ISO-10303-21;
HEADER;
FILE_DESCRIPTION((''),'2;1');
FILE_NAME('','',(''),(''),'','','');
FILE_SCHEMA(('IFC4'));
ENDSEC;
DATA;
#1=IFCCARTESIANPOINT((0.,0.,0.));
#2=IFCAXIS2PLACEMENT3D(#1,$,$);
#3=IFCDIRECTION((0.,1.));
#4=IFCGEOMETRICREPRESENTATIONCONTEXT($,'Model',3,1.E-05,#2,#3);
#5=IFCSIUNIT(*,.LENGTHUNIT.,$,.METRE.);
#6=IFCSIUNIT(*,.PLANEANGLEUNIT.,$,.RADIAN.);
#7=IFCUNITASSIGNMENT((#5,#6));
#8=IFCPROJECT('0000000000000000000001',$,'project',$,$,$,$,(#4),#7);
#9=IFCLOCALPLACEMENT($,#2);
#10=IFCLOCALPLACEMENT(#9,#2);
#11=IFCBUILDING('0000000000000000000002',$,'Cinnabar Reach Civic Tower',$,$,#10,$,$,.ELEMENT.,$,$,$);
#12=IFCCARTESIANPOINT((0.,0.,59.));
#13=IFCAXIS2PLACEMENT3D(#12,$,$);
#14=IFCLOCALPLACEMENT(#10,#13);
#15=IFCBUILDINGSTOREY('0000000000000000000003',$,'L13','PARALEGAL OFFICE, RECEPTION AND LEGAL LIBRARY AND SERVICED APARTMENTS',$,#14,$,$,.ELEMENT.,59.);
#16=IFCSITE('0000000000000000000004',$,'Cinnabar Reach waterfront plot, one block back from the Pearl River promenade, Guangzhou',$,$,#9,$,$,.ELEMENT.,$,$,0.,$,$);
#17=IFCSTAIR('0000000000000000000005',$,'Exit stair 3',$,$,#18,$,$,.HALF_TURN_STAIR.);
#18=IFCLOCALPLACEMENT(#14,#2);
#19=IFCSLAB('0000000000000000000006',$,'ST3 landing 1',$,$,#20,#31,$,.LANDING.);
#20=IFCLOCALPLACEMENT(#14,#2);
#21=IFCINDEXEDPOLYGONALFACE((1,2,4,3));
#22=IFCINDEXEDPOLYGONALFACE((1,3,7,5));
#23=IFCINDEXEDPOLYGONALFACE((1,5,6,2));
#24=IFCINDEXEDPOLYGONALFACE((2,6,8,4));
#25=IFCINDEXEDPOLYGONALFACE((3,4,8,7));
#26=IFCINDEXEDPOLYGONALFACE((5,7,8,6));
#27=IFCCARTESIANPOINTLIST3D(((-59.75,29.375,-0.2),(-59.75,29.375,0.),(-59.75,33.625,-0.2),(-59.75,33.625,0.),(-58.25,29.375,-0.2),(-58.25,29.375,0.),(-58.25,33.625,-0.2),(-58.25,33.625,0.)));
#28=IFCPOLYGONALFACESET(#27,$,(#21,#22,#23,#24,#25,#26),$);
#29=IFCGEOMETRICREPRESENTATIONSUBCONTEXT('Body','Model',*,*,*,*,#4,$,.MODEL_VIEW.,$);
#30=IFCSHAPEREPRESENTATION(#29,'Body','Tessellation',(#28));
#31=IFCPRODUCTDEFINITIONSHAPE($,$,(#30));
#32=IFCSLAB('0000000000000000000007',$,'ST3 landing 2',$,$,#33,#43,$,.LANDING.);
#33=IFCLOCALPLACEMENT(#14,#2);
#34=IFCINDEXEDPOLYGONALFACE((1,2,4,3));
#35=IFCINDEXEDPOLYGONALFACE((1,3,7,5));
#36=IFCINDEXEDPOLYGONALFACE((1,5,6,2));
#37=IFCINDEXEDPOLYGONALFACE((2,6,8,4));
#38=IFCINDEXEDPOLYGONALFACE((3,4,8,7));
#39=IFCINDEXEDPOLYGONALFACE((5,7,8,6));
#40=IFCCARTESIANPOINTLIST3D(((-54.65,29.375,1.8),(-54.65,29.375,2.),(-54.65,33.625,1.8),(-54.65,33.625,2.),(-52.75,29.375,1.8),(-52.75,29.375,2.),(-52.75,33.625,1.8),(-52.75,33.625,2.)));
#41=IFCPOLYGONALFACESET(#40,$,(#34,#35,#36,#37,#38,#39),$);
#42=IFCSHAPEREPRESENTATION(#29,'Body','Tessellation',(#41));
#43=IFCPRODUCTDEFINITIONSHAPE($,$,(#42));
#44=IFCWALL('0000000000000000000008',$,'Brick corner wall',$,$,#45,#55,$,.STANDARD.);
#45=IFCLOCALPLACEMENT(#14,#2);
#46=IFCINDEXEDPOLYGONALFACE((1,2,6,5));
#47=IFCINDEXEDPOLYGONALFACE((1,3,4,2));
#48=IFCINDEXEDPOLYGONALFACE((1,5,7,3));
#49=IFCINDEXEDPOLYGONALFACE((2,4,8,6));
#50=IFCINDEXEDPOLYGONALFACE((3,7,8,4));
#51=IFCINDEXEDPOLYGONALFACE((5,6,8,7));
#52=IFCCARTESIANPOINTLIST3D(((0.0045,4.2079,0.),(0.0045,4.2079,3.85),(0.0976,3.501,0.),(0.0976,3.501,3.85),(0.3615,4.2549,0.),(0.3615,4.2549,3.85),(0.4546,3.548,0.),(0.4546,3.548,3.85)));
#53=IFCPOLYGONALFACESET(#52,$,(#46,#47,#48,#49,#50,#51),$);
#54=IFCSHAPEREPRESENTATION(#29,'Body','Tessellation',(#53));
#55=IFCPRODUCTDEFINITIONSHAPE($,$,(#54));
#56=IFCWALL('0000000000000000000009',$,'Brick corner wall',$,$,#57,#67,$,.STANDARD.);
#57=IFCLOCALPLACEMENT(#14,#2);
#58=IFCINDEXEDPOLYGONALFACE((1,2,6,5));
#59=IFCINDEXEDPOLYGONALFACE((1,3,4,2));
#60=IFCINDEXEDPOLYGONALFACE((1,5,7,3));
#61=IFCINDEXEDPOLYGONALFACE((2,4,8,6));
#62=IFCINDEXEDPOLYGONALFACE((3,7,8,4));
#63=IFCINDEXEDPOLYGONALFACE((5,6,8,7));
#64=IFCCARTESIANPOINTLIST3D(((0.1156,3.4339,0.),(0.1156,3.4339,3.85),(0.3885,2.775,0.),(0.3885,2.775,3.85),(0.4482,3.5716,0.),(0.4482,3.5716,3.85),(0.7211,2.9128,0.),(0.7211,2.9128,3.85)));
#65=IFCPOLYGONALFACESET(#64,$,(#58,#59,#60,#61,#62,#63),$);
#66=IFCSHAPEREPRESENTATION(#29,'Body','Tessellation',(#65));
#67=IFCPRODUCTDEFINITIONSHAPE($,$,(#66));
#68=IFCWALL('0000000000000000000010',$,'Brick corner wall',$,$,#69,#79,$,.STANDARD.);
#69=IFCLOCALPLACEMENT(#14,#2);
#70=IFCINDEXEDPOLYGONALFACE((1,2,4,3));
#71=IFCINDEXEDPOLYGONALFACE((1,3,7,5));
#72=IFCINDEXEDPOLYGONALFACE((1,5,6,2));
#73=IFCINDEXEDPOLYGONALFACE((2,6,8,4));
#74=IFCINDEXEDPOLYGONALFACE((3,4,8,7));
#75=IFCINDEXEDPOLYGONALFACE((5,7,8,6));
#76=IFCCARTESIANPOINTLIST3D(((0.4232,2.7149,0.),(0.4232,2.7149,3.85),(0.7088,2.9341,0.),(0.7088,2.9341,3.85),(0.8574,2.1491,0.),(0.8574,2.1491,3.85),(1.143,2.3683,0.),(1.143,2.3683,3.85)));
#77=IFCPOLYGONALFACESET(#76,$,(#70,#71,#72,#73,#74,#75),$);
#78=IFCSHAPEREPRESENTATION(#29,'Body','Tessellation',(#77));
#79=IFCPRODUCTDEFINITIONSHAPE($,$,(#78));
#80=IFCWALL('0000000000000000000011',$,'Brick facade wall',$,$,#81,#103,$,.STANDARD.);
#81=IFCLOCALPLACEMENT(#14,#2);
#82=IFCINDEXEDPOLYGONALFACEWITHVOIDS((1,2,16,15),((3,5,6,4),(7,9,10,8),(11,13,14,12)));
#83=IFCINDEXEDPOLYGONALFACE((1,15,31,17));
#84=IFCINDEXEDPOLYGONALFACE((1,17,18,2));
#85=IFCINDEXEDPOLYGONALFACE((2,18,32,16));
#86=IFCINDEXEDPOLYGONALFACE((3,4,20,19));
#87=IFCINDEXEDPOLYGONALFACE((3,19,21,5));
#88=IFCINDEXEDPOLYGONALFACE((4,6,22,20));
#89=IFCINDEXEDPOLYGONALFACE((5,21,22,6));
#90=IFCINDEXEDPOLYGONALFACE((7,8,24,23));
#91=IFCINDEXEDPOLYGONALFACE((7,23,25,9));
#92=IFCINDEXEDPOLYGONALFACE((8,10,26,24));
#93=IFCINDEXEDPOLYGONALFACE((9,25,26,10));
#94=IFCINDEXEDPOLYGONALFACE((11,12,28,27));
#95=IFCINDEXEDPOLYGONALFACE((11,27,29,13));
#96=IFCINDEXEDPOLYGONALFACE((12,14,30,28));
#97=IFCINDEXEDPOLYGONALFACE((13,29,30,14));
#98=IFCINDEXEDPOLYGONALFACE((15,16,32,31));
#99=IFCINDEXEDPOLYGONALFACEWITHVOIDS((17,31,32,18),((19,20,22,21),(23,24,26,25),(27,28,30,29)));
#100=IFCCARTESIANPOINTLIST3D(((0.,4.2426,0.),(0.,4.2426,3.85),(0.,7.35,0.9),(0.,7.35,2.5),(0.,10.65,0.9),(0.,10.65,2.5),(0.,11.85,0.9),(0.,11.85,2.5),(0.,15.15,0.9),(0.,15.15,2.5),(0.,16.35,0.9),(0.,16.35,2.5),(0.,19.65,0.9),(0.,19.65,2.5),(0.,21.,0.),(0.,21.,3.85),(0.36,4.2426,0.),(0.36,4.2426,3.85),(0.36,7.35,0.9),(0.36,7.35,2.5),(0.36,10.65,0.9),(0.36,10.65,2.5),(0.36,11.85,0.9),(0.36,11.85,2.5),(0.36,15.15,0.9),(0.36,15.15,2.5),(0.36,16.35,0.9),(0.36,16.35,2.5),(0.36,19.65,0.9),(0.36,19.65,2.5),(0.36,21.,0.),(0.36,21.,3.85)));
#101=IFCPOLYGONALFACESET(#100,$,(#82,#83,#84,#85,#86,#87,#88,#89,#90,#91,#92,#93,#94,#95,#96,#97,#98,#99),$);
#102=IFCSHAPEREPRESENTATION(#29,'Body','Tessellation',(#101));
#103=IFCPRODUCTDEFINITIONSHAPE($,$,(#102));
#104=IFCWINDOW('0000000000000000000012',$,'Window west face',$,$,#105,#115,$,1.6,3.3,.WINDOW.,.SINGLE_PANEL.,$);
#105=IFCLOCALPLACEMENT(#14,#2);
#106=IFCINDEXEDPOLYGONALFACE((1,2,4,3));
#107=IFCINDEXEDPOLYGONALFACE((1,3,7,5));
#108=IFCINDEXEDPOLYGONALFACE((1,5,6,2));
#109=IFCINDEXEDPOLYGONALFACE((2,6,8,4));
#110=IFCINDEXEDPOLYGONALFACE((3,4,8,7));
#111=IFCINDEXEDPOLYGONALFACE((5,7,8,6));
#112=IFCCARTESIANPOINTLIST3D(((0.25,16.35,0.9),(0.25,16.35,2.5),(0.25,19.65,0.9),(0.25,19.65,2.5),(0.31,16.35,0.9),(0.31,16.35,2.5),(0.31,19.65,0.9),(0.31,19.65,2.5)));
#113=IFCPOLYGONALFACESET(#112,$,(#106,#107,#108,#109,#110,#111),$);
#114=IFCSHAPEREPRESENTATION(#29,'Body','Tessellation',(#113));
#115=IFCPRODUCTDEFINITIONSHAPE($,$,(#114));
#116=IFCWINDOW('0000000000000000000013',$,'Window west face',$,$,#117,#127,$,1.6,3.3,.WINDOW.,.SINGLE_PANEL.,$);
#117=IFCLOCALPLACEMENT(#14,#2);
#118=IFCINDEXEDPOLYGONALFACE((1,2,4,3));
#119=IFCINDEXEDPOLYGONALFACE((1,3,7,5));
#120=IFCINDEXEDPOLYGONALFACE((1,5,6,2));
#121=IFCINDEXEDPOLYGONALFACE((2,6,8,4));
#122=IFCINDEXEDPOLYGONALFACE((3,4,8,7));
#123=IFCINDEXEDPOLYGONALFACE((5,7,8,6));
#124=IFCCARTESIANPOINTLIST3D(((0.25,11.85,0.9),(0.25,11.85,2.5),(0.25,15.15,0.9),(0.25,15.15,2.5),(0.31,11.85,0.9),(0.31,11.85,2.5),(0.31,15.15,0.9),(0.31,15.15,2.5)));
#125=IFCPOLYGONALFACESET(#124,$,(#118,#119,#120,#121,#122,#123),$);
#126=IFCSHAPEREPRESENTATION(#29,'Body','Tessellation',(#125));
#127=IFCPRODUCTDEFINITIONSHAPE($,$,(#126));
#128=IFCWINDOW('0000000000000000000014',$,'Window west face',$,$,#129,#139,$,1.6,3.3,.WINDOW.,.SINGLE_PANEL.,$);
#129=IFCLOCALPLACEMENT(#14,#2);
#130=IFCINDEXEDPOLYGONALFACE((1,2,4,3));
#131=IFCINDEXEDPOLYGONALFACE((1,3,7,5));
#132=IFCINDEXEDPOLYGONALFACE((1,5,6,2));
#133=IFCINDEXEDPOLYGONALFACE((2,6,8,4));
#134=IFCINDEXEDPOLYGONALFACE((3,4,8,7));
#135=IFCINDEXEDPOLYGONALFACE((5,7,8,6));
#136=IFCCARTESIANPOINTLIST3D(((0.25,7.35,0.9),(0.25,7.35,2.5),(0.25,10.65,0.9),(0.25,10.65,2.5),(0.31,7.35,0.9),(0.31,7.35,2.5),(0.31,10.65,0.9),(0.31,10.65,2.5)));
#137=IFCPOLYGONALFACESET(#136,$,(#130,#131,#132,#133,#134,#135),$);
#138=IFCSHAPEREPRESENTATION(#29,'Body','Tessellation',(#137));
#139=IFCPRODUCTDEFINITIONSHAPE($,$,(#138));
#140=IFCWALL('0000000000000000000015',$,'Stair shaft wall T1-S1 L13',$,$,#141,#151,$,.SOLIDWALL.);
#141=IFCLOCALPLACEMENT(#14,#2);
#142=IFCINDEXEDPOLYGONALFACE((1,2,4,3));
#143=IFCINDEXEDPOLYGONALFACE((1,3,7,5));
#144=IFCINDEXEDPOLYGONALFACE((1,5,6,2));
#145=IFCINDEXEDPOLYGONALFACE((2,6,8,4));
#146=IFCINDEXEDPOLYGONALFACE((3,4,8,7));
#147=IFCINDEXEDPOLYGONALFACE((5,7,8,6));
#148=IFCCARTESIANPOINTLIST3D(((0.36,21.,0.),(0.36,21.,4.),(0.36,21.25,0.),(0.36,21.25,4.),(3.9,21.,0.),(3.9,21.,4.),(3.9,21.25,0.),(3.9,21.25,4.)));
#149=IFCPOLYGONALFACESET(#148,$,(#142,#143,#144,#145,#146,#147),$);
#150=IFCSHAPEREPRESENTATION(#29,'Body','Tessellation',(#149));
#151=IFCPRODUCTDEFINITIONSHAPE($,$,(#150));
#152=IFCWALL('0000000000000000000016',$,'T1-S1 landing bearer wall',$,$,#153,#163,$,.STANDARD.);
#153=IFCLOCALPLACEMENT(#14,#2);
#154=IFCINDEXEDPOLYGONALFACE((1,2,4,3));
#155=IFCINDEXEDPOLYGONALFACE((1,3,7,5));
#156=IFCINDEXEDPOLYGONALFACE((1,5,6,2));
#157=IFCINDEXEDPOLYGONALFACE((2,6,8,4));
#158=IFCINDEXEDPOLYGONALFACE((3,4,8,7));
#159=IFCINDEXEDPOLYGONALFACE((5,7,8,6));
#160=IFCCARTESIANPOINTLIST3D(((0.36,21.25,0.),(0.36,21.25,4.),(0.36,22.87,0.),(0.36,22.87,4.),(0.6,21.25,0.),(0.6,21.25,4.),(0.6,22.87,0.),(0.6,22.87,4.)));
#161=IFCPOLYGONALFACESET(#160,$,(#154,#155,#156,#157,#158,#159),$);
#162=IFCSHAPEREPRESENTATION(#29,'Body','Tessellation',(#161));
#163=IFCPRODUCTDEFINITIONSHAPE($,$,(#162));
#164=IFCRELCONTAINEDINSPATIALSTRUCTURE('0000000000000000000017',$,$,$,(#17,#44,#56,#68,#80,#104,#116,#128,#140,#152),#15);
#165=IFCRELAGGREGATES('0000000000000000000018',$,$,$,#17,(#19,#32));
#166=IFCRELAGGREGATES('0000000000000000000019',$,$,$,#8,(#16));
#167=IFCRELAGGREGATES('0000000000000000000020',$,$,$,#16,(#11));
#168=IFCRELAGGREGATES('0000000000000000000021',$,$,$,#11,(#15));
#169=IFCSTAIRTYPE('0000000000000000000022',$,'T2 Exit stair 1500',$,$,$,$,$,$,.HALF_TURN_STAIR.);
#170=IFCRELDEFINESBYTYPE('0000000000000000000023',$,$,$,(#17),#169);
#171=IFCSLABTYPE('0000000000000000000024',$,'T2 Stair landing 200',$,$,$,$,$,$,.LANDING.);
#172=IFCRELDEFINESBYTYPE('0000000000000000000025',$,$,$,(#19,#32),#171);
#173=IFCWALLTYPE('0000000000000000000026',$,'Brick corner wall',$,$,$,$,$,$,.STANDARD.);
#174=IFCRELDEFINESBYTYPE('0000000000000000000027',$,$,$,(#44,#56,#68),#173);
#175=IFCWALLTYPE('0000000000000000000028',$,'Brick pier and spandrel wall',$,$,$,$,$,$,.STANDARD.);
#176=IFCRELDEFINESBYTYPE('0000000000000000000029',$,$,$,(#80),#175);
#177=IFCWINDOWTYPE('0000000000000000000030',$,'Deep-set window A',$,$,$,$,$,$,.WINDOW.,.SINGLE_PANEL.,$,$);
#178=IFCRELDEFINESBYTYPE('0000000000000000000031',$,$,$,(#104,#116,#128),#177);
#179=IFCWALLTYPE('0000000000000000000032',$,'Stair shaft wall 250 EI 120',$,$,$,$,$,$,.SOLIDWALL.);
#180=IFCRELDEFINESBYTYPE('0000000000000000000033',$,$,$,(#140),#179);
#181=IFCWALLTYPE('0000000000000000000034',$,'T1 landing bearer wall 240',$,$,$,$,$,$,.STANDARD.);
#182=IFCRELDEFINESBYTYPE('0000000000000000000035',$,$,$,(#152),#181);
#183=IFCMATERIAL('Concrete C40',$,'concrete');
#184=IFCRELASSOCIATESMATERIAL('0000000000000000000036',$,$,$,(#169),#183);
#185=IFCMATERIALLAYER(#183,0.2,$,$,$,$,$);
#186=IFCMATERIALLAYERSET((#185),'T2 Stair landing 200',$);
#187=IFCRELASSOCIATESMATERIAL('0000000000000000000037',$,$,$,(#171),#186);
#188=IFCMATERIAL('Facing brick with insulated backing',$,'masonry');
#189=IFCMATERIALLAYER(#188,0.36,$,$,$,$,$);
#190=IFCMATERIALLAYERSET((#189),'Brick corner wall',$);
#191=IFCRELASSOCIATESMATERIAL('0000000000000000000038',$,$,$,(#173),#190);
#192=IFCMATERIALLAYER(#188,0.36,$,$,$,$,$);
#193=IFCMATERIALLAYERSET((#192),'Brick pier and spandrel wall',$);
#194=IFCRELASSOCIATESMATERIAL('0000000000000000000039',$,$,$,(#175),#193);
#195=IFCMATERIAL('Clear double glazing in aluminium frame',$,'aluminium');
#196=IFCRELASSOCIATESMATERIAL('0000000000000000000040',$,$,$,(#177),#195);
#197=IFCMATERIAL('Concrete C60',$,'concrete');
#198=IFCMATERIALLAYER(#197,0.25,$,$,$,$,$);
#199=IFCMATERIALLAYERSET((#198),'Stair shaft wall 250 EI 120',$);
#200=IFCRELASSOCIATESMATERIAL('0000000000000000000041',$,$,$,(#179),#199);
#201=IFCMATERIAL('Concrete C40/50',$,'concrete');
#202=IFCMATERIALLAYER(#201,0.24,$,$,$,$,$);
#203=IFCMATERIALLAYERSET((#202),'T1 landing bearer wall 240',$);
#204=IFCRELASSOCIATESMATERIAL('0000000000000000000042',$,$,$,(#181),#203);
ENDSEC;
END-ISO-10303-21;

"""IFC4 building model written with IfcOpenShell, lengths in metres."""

from ifc_helpers import new_model, si_unit, direction, frame, frame_2d, origin, place, context, subcontext, project, spatial, polyline, rectangle, outline, extrude, material, layer, layer_set, type_object, element, fill, aggregate, save


model = new_model("IFC4")

# Units and contexts
model_context = context("Model", 3, precision=1e-05, world=origin(), true_north=direction((0.0, 1.0)))
body_context = subcontext(model_context, "Body", "Model", "MODEL_VIEW")
ifc_project = project(units=[si_unit("LENGTHUNIT", "METRE"), si_unit("PLANEANGLEUNIT", "RADIAN")], contexts=[model_context])

# Site, building, storey
site_placement = place(None, origin())
site = spatial("IfcSite", under=ifc_project, at=site_placement, Name="Cinnabar Reach waterfront plot, one block back from the Pearl River promenade, Guangzhou", CompositionType="ELEMENT", RefElevation=0.0)
building_placement = place(site_placement, origin())
building = spatial("IfcBuilding", under=site, at=building_placement, Name="Cinnabar Reach Civic Tower", CompositionType="ELEMENT")
storey_placement = place(building_placement, frame((0.0, 0.0, 59.0)))
storey = spatial("IfcBuildingStorey", under=building, at=storey_placement, Name="L13", Description="PARALEGAL OFFICE, RECEPTION AND LEGAL LIBRARY AND SERVICED APARTMENTS", CompositionType="ELEMENT", Elevation=59.0)

# Shared definitions
ifc_material_1 = material(Name="Concrete C40", Category="concrete")

# Stair, slabs
stair_type = type_object("IfcStairType", Name="T2 Exit stair 1500", PredefinedType="HALF_TURN_STAIR", material=ifc_material_1)
ifc_layer_1 = layer(ifc_material_1, 0.2)
ifc_layer_set_1 = layer_set([ifc_layer_1], Name="T2 Stair landing 200")
slab_type_1 = type_object("IfcSlabType", Name="T2 Stair landing 200", PredefinedType="LANDING", material=ifc_layer_set_1)
stair_1_placement = place(storey_placement, origin())
stair_1 = element("IfcStair", 1, at=stair_1_placement, inside=storey, type_object=stair_type, Name="Exit stair 3", PredefinedType="HALF_TURN_STAIR")
slab_1_placement = place(storey_placement, frame((0.0, 0.0, -0.2)))
slab_1 = element("IfcSlab", 2, at=slab_1_placement, type_object=slab_type_1, Name="ST3 landing 1", PredefinedType="LANDING", context=body_context, shape_type="SweptSolid", body=[
    extrude(outline(polyline([(-59.75, 29.375), (-59.75, 33.625), (-58.25, 33.625), (-58.25, 29.375), (-59.75, 29.375)])), origin(), (0.0, 0.0, 1.0), 0.2),
])
slab_2_placement = place(storey_placement, frame((0.0, 0.0, 1.8)))
slab_2 = element("IfcSlab", 3, at=slab_2_placement, type_object=slab_type_1, Name="ST3 landing 2", PredefinedType="LANDING", context=body_context, shape_type="SweptSolid", body=[
    extrude(outline(polyline([(-54.65, 29.375), (-54.65, 33.625), (-52.75, 33.625), (-52.75, 29.375), (-54.65, 29.375)])), origin(), (0.0, 0.0, 1.0), 0.2),
])
aggregate(stair_1, [slab_1, slab_2])

# Walls
ifc_material_2 = material(Name="Facing brick with insulated backing", Category="masonry")
ifc_layer_2 = layer(ifc_material_2, 0.36)
ifc_layer_set_2 = layer_set([ifc_layer_2], Name="Brick corner wall")
wall_type_1 = type_object("IfcWallType", Name="Brick corner wall", PredefinedType="STANDARD", material=ifc_layer_set_2)
for number, where, z_axis, x_axis, name in (
    (4, (0.183, 4.2314, 0.0), (0.0, 0.0, 1.0), (0.130556, -0.991441, 0.0), "Brick corner wall"),
    (5, (0.2819, 3.5027, 0.0), (0.0, 0.0, 1.0), (0.382703, -0.923872, 0.0), "Brick corner wall"),
):
    element("IfcWall", number, at=place(storey_placement, frame(where, z_axis=z_axis, x_axis=x_axis)), inside=storey, type_object=wall_type_1, Name=name, PredefinedType="STANDARD", context=body_context, shape_type="SweptSolid", body=[
        extrude(rectangle(XDim=0.7131, YDim=0.36, at=frame_2d((0.3565, 0.0))), origin(), (0.0, 0.0, 1.0), 3.85),
    ])
wall_1_placement = place(storey_placement, frame((0.566, 2.8245, 0.0), z_axis=(0.0, 0.0, 1.0), x_axis=(0.608802, -0.793322, 0.0)))
element("IfcWall", 6, at=wall_1_placement, inside=storey, type_object=wall_type_1, Name="Brick corner wall", PredefinedType="STANDARD", context=body_context, shape_type="SweptSolid", body=[
    extrude(rectangle(XDim=0.7132, YDim=0.36, at=frame_2d((0.3566, 0.0))), origin(), (0.0, 0.0, 1.0), 3.85),
])

# Wall, openings, windows
ifc_layer_3 = layer(ifc_material_2, 0.36)
ifc_layer_set_3 = layer_set([ifc_layer_3], Name="Brick pier and spandrel wall")
wall_type_2 = type_object("IfcWallType", Name="Brick pier and spandrel wall", PredefinedType="STANDARD", material=ifc_layer_set_3)
wall_2_placement = place(storey_placement, frame((0.18, 21.0, 0.0), z_axis=(0.0, 0.0, 1.0), x_axis=(0.0, -1.0, 0.0)))
wall_2 = element("IfcWall", 7, at=wall_2_placement, inside=storey, type_object=wall_type_2, Name="Brick facade wall", PredefinedType="STANDARD", context=body_context, shape_type="SweptSolid", body=[
    extrude(rectangle(XDim=16.7574, YDim=0.36, at=frame_2d((8.3787, 0.0))), origin(), (0.0, 0.0, 1.0), 3.85),
])
opening_1_placement = place(wall_2_placement, frame((1.35, 0.0, 0.9)))
opening_1 = element("IfcOpeningElement", 8, at=opening_1_placement, cuts=wall_2, PredefinedType="OPENING", context=body_context, shape_type="SweptSolid", body=[
    extrude(rectangle(XDim=3.3, YDim=1.6, at=frame_2d((1.65, 0.8))), frame((0.0, 0.19, 0.0), z_axis=(0.0, -1.0, 0.0), x_axis=(1.0, 0.0, 0.0)), (0.0, 0.0, 1.0), 0.38),
])
opening_2_placement = place(wall_2_placement, frame((5.85, 0.0, 0.9)))
opening_2 = element("IfcOpeningElement", 9, at=opening_2_placement, cuts=wall_2, PredefinedType="OPENING", context=body_context, shape_type="SweptSolid", body=[
    extrude(rectangle(XDim=3.3, YDim=1.6, at=frame_2d((1.65, 0.8))), frame((0.0, 0.19, 0.0), z_axis=(0.0, -1.0, 0.0), x_axis=(1.0, 0.0, 0.0)), (0.0, 0.0, 1.0), 0.38),
])
opening_3_placement = place(wall_2_placement, frame((10.35, 0.0, 0.9)))
opening_3 = element("IfcOpeningElement", 10, at=opening_3_placement, cuts=wall_2, PredefinedType="OPENING", context=body_context, shape_type="SweptSolid", body=[
    extrude(rectangle(XDim=3.3, YDim=1.6, at=frame_2d((1.65, 0.8))), frame((0.0, 0.19, 0.0), z_axis=(0.0, -1.0, 0.0), x_axis=(1.0, 0.0, 0.0)), (0.0, 0.0, 1.0), 0.38),
])
ifc_material_3 = material(Name="Clear double glazing in aluminium frame", Category="aluminium")
window_type = type_object("IfcWindowType", Name="Deep-set window A", PartitioningType="SINGLE_PANEL", PredefinedType="WINDOW", material=ifc_material_3)
window_1_placement = place(opening_1_placement, origin())
window_1 = element("IfcWindow", 11, at=window_1_placement, inside=storey, type_object=window_type, Name="Window west face", OverallHeight=1.6, OverallWidth=3.3, PartitioningType="SINGLE_PANEL", PredefinedType="WINDOW", context=body_context, shape_type="SweptSolid", body=[
    extrude(rectangle(XDim=3.3, YDim=1.6, at=frame_2d((1.65, 0.8))), frame((0.0, 0.13, 0.0), z_axis=(0.0, -1.0, 0.0), x_axis=(1.0, 0.0, 0.0)), (0.0, 0.0, 1.0), 0.06),
])
fill(opening_1, window_1)
window_2_placement = place(opening_2_placement, origin())
window_2 = element("IfcWindow", 12, at=window_2_placement, inside=storey, type_object=window_type, Name="Window west face", OverallHeight=1.6, OverallWidth=3.3, PartitioningType="SINGLE_PANEL", PredefinedType="WINDOW", context=body_context, shape_type="SweptSolid", body=[
    extrude(rectangle(XDim=3.3, YDim=1.6, at=frame_2d((1.65, 0.8))), frame((0.0, 0.13, 0.0), z_axis=(0.0, -1.0, 0.0), x_axis=(1.0, 0.0, 0.0)), (0.0, 0.0, 1.0), 0.06),
])
fill(opening_2, window_2)
window_3_placement = place(opening_3_placement, origin())
window_3 = element("IfcWindow", 13, at=window_3_placement, inside=storey, type_object=window_type, Name="Window west face", OverallHeight=1.6, OverallWidth=3.3, PartitioningType="SINGLE_PANEL", PredefinedType="WINDOW", context=body_context, shape_type="SweptSolid", body=[
    extrude(rectangle(XDim=3.3, YDim=1.6, at=frame_2d((1.65, 0.8))), frame((0.0, 0.13, 0.0), z_axis=(0.0, -1.0, 0.0), x_axis=(1.0, 0.0, 0.0)), (0.0, 0.0, 1.0), 0.06),
])
fill(opening_3, window_3)

# Walls
ifc_material_4 = material(Name="Concrete C60", Category="concrete")
ifc_layer_4 = layer(ifc_material_4, 0.25)
ifc_layer_set_4 = layer_set([ifc_layer_4], Name="Stair shaft wall 250 EI 120")
wall_type_3 = type_object("IfcWallType", Name="Stair shaft wall 250 EI 120", PredefinedType="SOLIDWALL", material=ifc_layer_set_4)
wall_3_placement = place(storey_placement, frame((0.36, 21.125, 0.0), z_axis=(0.0, 0.0, 1.0), x_axis=(1.0, 0.0, 0.0)))
element("IfcWall", 14, at=wall_3_placement, inside=storey, type_object=wall_type_3, Name="Stair shaft wall T1-S1 L13", PredefinedType="SOLIDWALL", context=body_context, shape_type="SweptSolid", body=[
    extrude(rectangle(XDim=3.54, YDim=0.25, at=frame_2d((1.77, 0.0))), origin(), (0.0, 0.0, 1.0), 4.0),
])
ifc_material_5 = material(Name="Concrete C40/50", Category="concrete")
ifc_layer_5 = layer(ifc_material_5, 0.24)
ifc_layer_set_5 = layer_set([ifc_layer_5], Name="T1 landing bearer wall 240")
wall_type_4 = type_object("IfcWallType", Name="T1 landing bearer wall 240", PredefinedType="STANDARD", material=ifc_layer_set_5)
wall_4_placement = place(storey_placement, frame((0.48, 21.25, 0.0), z_axis=(0.0, 0.0, 1.0), x_axis=(0.0, 1.0, 0.0)))
element("IfcWall", 15, at=wall_4_placement, inside=storey, type_object=wall_type_4, Name="T1-S1 landing bearer wall", PredefinedType="STANDARD", context=body_context, shape_type="SweptSolid", body=[
    extrude(rectangle(XDim=1.62, YDim=0.24, at=frame_2d((0.81, 0.0))), origin(), (0.0, 0.0, 1.0), 4.0),
])

save(model, "model.ifc")
